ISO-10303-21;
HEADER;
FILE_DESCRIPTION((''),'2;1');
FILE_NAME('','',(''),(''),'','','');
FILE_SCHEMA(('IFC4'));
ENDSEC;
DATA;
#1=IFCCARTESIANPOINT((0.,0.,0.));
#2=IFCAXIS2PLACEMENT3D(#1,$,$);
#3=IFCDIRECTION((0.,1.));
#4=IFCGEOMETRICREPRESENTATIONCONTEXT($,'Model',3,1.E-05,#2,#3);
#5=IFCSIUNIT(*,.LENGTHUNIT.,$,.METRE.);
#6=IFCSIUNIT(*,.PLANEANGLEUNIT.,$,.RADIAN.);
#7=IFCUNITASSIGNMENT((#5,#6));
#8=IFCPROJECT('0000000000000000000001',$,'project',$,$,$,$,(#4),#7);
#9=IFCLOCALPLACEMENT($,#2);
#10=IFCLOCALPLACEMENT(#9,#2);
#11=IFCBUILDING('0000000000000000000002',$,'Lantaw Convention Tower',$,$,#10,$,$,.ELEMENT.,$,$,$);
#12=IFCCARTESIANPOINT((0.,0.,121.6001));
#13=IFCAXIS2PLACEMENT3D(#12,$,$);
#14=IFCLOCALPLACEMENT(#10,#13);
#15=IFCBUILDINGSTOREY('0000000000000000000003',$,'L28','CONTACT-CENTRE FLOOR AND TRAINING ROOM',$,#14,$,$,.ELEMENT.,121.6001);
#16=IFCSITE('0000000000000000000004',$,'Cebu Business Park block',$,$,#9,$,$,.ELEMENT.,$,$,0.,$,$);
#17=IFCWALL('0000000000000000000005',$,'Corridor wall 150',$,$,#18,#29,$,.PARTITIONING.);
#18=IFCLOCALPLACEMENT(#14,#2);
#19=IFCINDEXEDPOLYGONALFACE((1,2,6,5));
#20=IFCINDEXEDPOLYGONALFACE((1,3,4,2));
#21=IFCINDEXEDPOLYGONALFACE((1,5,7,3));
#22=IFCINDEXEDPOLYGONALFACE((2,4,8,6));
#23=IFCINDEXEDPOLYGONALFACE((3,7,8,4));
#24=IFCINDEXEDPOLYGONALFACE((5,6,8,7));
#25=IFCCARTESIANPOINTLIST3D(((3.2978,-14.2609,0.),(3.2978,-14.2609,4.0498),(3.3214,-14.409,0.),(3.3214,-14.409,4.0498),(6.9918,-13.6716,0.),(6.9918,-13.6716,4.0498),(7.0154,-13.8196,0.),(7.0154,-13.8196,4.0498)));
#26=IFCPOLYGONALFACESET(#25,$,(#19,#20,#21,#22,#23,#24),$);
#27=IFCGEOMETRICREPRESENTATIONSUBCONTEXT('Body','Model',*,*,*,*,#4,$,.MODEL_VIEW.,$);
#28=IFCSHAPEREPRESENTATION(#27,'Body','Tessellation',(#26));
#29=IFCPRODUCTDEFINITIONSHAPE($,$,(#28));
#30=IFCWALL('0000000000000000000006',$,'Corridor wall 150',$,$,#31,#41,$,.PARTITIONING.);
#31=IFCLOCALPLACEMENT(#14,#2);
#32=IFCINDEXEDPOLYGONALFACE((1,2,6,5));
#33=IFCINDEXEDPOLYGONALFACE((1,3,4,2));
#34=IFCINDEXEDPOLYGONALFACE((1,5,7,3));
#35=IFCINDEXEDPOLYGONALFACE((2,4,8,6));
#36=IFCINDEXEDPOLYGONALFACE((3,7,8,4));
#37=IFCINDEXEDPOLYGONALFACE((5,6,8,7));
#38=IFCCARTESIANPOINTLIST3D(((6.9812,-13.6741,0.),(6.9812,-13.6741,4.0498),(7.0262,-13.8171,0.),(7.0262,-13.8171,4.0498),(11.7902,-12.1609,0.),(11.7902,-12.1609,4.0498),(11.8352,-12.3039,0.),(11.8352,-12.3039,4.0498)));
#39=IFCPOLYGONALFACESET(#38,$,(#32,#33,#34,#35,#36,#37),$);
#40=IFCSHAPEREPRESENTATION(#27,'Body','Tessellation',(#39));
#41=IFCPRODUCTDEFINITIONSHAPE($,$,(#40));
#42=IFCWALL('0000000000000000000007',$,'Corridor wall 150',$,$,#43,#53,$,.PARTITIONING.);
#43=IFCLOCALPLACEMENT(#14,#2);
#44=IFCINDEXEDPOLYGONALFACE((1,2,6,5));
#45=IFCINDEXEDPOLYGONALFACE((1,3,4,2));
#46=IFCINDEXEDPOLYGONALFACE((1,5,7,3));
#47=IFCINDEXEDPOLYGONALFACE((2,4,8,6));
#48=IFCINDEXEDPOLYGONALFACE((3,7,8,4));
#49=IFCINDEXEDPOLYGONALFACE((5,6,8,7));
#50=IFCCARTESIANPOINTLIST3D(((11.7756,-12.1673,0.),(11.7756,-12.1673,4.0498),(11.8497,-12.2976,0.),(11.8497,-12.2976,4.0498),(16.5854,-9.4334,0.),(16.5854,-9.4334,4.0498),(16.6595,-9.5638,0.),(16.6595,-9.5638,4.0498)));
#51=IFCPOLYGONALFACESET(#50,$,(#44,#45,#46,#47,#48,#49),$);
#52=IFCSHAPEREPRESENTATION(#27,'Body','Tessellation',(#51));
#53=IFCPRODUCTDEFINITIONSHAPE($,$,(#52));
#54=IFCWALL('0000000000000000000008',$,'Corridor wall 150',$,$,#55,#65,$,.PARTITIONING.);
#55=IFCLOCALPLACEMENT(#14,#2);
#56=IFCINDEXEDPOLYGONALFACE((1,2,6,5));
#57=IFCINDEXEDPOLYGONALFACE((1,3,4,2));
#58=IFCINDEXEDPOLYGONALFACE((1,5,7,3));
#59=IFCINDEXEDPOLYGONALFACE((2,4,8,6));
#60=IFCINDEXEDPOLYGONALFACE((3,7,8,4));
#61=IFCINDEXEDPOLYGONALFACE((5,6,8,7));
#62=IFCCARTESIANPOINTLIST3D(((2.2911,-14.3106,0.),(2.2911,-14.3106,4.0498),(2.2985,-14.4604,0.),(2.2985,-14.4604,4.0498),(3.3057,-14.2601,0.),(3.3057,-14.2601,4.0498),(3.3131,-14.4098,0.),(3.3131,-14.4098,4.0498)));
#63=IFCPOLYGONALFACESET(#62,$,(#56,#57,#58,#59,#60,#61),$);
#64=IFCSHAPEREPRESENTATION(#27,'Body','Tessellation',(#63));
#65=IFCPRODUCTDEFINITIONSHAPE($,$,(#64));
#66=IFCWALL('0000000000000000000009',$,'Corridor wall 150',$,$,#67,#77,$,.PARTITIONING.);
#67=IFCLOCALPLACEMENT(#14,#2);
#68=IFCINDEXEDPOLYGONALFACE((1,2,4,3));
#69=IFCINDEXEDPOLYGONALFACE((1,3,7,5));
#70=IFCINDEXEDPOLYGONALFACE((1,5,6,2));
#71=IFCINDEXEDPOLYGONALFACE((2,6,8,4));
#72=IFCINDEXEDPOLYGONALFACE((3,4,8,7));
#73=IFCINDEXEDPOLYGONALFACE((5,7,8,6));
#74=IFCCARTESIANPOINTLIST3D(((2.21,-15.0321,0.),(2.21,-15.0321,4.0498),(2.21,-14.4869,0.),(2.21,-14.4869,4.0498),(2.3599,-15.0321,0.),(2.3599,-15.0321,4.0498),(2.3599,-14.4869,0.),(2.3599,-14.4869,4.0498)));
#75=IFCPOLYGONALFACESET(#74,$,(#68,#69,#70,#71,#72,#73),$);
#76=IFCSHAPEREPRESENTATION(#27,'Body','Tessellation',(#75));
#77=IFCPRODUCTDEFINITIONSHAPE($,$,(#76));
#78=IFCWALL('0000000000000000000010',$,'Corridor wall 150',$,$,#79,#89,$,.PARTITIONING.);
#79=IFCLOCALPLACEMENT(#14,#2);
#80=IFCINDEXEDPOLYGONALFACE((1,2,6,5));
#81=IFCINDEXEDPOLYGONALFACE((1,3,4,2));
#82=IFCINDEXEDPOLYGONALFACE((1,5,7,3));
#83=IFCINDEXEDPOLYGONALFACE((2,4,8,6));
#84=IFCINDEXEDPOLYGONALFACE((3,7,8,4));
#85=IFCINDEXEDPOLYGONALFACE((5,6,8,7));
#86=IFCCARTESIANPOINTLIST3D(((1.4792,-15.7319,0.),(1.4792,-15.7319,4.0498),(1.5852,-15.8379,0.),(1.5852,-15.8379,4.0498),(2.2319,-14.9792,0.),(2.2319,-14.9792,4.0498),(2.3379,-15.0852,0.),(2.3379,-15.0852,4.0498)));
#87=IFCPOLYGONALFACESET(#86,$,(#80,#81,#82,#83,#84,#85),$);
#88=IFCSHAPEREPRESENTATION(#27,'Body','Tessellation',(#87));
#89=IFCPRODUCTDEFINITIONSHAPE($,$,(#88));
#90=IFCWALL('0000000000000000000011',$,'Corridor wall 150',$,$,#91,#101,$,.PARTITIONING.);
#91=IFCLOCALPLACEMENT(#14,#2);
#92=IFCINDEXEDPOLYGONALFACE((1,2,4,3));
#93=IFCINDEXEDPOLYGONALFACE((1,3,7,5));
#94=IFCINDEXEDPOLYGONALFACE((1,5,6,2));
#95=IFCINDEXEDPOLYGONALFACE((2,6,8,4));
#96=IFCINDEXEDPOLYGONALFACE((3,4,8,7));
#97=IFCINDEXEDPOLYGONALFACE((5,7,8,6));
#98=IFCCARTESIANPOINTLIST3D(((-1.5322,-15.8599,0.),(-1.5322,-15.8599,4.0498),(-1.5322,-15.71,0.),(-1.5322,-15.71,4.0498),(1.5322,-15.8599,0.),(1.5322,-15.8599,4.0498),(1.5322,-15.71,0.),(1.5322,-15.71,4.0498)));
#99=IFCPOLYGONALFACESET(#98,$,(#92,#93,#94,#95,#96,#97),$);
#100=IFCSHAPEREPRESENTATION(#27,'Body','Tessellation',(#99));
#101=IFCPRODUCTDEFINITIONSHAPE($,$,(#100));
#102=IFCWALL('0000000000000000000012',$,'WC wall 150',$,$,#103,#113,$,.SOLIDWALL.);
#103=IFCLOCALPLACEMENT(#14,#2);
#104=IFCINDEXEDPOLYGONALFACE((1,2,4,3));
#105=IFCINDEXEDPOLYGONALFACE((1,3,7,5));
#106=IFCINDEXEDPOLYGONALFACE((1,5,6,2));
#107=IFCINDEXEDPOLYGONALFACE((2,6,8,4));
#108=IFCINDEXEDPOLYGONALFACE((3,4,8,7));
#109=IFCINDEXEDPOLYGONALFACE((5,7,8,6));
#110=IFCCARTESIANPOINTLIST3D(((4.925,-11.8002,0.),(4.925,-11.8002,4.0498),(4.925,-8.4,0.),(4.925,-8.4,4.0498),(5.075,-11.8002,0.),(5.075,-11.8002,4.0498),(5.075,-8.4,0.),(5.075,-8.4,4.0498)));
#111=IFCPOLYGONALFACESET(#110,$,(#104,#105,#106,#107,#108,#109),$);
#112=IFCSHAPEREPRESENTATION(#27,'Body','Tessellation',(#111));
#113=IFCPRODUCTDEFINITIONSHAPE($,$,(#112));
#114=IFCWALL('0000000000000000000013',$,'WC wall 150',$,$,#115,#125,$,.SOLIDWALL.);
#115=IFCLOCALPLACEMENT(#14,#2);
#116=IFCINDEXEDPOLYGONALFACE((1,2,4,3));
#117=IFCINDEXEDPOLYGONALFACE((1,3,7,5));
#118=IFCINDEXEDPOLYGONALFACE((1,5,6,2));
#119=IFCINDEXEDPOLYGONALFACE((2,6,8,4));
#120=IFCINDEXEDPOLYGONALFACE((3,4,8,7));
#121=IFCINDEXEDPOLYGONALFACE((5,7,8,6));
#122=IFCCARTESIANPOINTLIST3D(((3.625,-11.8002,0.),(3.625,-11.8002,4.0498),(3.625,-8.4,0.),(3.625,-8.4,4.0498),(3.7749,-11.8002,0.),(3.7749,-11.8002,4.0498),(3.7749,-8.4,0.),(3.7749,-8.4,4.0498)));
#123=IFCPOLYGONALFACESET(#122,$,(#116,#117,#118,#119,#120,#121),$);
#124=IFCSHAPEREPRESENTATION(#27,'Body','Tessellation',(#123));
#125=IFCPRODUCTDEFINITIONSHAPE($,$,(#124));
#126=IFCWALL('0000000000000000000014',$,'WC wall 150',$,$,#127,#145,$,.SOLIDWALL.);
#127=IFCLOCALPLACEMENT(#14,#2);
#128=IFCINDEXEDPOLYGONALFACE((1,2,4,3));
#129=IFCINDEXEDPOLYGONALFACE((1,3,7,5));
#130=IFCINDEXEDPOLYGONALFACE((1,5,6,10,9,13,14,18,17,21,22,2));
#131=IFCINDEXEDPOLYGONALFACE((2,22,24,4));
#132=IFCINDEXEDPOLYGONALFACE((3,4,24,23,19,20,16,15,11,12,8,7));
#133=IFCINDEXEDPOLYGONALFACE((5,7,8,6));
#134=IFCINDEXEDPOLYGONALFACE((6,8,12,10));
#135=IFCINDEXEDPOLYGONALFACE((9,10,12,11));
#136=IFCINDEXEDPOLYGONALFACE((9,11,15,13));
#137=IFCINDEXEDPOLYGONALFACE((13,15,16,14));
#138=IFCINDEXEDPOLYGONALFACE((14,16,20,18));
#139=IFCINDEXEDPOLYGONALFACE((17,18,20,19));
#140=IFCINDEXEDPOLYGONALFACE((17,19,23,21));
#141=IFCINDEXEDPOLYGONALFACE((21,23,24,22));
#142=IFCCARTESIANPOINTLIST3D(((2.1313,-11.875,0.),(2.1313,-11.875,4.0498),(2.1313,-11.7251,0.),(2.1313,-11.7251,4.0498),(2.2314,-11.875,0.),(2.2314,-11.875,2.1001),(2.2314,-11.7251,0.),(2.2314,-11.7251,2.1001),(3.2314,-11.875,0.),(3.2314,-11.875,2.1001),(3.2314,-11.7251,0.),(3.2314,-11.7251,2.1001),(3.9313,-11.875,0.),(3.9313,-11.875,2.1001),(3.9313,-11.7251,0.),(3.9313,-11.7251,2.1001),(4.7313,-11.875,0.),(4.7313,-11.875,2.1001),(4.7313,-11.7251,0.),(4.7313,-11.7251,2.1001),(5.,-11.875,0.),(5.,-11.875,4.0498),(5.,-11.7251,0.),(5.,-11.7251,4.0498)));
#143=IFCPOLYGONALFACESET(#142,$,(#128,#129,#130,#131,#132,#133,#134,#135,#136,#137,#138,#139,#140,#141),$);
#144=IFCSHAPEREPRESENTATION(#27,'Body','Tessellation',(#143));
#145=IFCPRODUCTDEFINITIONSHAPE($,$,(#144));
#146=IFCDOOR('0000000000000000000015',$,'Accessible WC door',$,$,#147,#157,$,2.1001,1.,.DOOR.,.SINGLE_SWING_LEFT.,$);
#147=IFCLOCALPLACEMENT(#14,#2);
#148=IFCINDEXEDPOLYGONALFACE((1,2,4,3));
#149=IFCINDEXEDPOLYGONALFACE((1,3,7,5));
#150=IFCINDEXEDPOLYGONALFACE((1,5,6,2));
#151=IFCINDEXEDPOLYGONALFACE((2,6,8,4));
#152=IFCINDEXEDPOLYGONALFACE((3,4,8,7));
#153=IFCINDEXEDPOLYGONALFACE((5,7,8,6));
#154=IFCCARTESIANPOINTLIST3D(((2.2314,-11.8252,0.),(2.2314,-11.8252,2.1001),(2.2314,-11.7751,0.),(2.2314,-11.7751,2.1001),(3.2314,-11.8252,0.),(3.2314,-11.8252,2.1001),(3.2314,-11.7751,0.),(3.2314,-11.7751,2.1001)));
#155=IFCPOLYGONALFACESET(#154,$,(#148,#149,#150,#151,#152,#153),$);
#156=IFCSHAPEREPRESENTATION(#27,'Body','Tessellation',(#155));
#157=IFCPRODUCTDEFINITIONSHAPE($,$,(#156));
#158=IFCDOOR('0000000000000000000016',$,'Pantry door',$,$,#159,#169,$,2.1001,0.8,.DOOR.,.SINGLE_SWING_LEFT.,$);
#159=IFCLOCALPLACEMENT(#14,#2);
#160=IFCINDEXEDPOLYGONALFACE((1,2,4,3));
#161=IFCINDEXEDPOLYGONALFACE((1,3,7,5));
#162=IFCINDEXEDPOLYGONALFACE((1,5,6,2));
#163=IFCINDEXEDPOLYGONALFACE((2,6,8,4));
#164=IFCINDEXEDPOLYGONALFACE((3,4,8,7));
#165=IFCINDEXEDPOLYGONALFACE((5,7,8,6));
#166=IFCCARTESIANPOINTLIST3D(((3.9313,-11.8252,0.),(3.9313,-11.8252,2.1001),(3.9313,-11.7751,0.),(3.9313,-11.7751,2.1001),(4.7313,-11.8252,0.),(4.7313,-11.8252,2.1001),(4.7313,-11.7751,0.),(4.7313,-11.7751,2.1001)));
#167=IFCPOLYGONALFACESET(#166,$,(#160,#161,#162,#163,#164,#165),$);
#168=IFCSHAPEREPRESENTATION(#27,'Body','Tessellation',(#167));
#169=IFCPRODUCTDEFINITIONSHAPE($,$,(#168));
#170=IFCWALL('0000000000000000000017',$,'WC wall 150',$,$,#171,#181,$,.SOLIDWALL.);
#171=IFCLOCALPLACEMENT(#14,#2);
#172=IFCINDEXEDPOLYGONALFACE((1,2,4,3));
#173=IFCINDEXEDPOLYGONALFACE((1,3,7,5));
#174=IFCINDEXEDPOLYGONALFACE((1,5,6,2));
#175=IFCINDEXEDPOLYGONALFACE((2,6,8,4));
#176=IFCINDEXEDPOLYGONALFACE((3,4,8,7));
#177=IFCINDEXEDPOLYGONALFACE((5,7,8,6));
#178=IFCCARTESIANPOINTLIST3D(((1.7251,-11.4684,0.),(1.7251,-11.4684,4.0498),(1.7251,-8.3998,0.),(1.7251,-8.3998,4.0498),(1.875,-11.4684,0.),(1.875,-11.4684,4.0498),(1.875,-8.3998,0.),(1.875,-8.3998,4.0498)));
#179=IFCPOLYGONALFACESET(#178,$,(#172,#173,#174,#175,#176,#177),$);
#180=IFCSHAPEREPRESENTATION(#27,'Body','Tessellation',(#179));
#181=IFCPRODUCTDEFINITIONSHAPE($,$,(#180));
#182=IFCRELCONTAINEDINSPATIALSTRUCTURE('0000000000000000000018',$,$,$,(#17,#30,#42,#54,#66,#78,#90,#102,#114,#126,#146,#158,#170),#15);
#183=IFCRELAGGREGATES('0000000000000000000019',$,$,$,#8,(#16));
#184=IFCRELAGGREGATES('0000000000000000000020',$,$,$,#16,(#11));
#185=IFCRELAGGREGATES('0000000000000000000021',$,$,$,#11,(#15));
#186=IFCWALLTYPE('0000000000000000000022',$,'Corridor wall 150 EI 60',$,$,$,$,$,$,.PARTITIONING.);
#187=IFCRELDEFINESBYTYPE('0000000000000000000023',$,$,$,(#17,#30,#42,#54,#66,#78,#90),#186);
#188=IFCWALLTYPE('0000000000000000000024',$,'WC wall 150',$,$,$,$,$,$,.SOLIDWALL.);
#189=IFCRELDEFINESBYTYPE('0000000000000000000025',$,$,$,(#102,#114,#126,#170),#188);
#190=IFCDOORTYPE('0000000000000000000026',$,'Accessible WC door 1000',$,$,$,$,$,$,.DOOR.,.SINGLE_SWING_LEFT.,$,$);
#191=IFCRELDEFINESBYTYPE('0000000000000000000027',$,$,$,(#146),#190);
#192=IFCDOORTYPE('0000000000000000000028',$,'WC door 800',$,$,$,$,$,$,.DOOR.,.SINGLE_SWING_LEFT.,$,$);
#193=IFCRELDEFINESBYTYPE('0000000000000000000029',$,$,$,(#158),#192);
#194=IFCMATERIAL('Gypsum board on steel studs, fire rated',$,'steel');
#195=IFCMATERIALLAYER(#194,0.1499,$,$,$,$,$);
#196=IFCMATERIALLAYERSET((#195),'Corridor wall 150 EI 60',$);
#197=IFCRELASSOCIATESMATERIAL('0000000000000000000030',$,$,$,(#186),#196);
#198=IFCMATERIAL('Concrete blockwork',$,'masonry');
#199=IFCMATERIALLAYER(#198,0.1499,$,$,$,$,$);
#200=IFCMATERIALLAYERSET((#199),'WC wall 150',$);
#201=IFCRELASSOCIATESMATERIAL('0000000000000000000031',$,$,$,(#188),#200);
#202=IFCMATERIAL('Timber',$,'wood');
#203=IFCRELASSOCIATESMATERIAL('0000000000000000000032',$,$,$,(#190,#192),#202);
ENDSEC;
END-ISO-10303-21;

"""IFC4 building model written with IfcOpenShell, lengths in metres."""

from ifc_helpers import new_model, si_unit, direction, frame, frame_2d, origin, place, context, subcontext, project, spatial, rectangle, extrude, material, layer, layer_set, type_object, element, fill, save


model = new_model("IFC4")

# Units and contexts
model_context = context("Model", 3, precision=1e-05, world=origin(), true_north=direction((0.0, 1.0)))
body_context = subcontext(model_context, "Body", "Model", "MODEL_VIEW")
ifc_project = project(units=[si_unit("LENGTHUNIT", "METRE"), si_unit("PLANEANGLEUNIT", "RADIAN")], contexts=[model_context])

# Site, building, storey
site_placement = place(None, origin())
site = spatial("IfcSite", under=ifc_project, at=site_placement, Name="Cebu Business Park block", CompositionType="ELEMENT", RefElevation=0.0)
building_placement = place(site_placement, origin())
building = spatial("IfcBuilding", under=site, at=building_placement, Name="Lantaw Convention Tower", CompositionType="ELEMENT")
storey_placement = place(building_placement, frame((0.0, 0.0, 121.6001)))
storey = spatial("IfcBuildingStorey", under=building, at=storey_placement, Name="L28", Description="CONTACT-CENTRE FLOOR AND TRAINING ROOM", CompositionType="ELEMENT", Elevation=121.6001)

# Walls
ifc_material_1 = material(Name="Gypsum board on steel studs, fire rated", Category="steel")
ifc_layer_1 = layer(ifc_material_1, 0.1499)
ifc_layer_set_1 = layer_set([ifc_layer_1], Name="Corridor wall 150 EI 60")
wall_type_1 = type_object("IfcWallType", Name="Corridor wall 150 EI 60", PredefinedType="PARTITIONING", material=ifc_layer_set_1)
wall_1_placement = place(storey_placement, frame((3.3096, -14.335, 0.0), z_axis=(0.0, 0.0, 1.0), x_axis=(0.987511, 0.157548, 0.0)))
element("IfcWall", 1, at=wall_1_placement, inside=storey, type_object=wall_type_1, Name="Corridor wall 150", PredefinedType="PARTITIONING", context=body_context, shape_type="SweptSolid", body=[
    extrude(rectangle(XDim=3.7407, YDim=0.1499, at=frame_2d((1.8704, 0.0))), origin(), (0.0, 0.0, 1.0), 4.0498),
])
wall_2_placement = place(storey_placement, frame((7.0037, -13.7456, 0.0), z_axis=(0.0, 0.0, 1.0), x_axis=(0.953894, 0.300144, 0.0)))
element("IfcWall", 2, at=wall_2_placement, inside=storey, type_object=wall_type_1, Name="Corridor wall 150", PredefinedType="PARTITIONING", context=body_context, shape_type="SweptSolid", body=[
    extrude(rectangle(XDim=5.0415, YDim=0.1499, at=frame_2d((2.5208, 0.0))), origin(), (0.0, 0.0, 1.0), 4.0498),
])
wall_3_placement = place(storey_placement, frame((11.8127, -12.2324, 0.0), z_axis=(0.0, 0.0, 1.0), x_axis=(0.869376, 0.494151, 0.0)))
element("IfcWall", 3, at=wall_3_placement, inside=storey, type_object=wall_type_1, Name="Corridor wall 150", PredefinedType="PARTITIONING", context=body_context, shape_type="SweptSolid", body=[
    extrude(rectangle(XDim=5.5325, YDim=0.1499, at=frame_2d((2.7661, 0.0))), origin(), (0.0, 0.0, 1.0), 4.0498),
])
wall_4_placement = place(storey_placement, frame((2.2949, -14.3855, 0.0), z_axis=(0.0, 0.0, 1.0), x_axis=(0.998762, 0.049746, 0.0)))
element("IfcWall", 4, at=wall_4_placement, inside=storey, type_object=wall_type_1, Name="Corridor wall 150", PredefinedType="PARTITIONING", context=body_context, shape_type="SweptSolid", body=[
    extrude(rectangle(XDim=1.0159, YDim=0.1499, at=frame_2d((0.5078, 0.0))), origin(), (0.0, 0.0, 1.0), 4.0498),
])
wall_5_placement = place(storey_placement, frame((2.2849, -14.4871, 0.0), z_axis=(0.0, 0.0, 1.0), x_axis=(0.0, -1.0, 0.0)))
element("IfcWall", 5, at=wall_5_placement, inside=storey, type_object=wall_type_1, Name="Corridor wall 150", PredefinedType="PARTITIONING", context=body_context, shape_type="SweptSolid", body=[
    extrude(rectangle(XDim=0.5452, YDim=0.1499, at=frame_2d((0.2725, 0.0))), origin(), (0.0, 0.0, 1.0), 4.0498),
])
wall_6_placement = place(storey_placement, frame((2.2849, -15.0322, 0.0), z_axis=(0.0, 0.0, 1.0), x_axis=(-0.707107, -0.707107, 0.0)))
element("IfcWall", 6, at=wall_6_placement, inside=storey, type_object=wall_type_1, Name="Corridor wall 150", PredefinedType="PARTITIONING", context=body_context, shape_type="SweptSolid", body=[
    extrude(rectangle(XDim=1.0645, YDim=0.1499, at=frame_2d((0.5322, 0.0))), origin(), (0.0, 0.0, 1.0), 4.0498),
])
wall_7_placement = place(storey_placement, frame((1.5322, -15.7849, 0.0), z_axis=(0.0, 0.0, 1.0), x_axis=(-1.0, 0.0, 0.0)))
element("IfcWall", 7, at=wall_7_placement, inside=storey, type_object=wall_type_1, Name="Corridor wall 150", PredefinedType="PARTITIONING", context=body_context, shape_type="SweptSolid", body=[
    extrude(rectangle(XDim=3.0645, YDim=0.1499, at=frame_2d((1.5322, 0.0))), origin(), (0.0, 0.0, 1.0), 4.0498),
])
ifc_material_2 = material(Name="Concrete blockwork", Category="masonry")
ifc_layer_2 = layer(ifc_material_2, 0.1499)
ifc_layer_set_2 = layer_set([ifc_layer_2], Name="WC wall 150")
wall_type_2 = type_object("IfcWallType", Name="WC wall 150", PredefinedType="SOLIDWALL", material=ifc_layer_set_2)
for number, where, z_axis, x_axis, name in (
    (8, (5.0, -8.3999, 0.0), (0.0, 0.0, 1.0), (0.0, -1.0, 0.0), "WC wall 150"),
    (9, (3.7, -8.3999, 0.0), (0.0, 0.0, 1.0), (0.0, -1.0, 0.0), "WC wall 150"),
):
    element("IfcWall", number, at=place(storey_placement, frame(where, z_axis=z_axis, x_axis=x_axis)), inside=storey, type_object=wall_type_2, Name=name, PredefinedType="SOLIDWALL", context=body_context, shape_type="SweptSolid", body=[
        extrude(rectangle(XDim=3.4001, YDim=0.1499, at=frame_2d((1.7002, 0.0))), origin(), (0.0, 0.0, 1.0), 4.0498),
    ])

# Wall, openings, doors
wall_8_placement = place(storey_placement, frame((2.1313, -11.8, 0.0), z_axis=(0.0, 0.0, 1.0), x_axis=(1.0, 0.0, 0.0)))
wall_8 = element("IfcWall", 10, at=wall_8_placement, inside=storey, type_object=wall_type_2, Name="WC wall 150", PredefinedType="SOLIDWALL", context=body_context, shape_type="SweptSolid", body=[
    extrude(rectangle(XDim=2.8687, YDim=0.1499, at=frame_2d((1.4343, 0.0))), origin(), (0.0, 0.0, 1.0), 4.0498),
])
opening_1_placement = place(wall_8_placement, frame((0.1001, 0.0, 0.0)))
opening_1 = element("IfcOpeningElement", 11, at=opening_1_placement, cuts=wall_8, PredefinedType="OPENING", context=body_context, shape_type="SweptSolid", body=[
    extrude(rectangle(XDim=1.0, YDim=2.1001, at=frame_2d((0.5, 1.05))), frame((0.0, 0.085, 0.0), z_axis=(0.0, -1.0, 0.0), x_axis=(1.0, 0.0, 0.0)), (0.0, 0.0, 1.0), 0.1699),
])
opening_2_placement = place(wall_8_placement, frame((1.8, 0.0, 0.0)))
opening_2 = element("IfcOpeningElement", 12, at=opening_2_placement, cuts=wall_8, PredefinedType="OPENING", context=body_context, shape_type="SweptSolid", body=[
    extrude(rectangle(XDim=0.8, YDim=2.1001, at=frame_2d((0.3999, 1.05))), frame((0.0, 0.085, 0.0), z_axis=(0.0, -1.0, 0.0), x_axis=(1.0, 0.0, 0.0)), (0.0, 0.0, 1.0), 0.1699),
])
ifc_material_3 = material(Name="Timber", Category="wood")
door_type_1 = type_object("IfcDoorType", Name="Accessible WC door 1000", OperationType="SINGLE_SWING_LEFT", PredefinedType="DOOR", material=ifc_material_3)
door_1_placement = place(opening_1_placement, origin())
door_1 = element("IfcDoor", 13, at=door_1_placement, inside=storey, type_object=door_type_1, Name="Accessible WC door", OperationType="SINGLE_SWING_LEFT", OverallHeight=2.1001, OverallWidth=1.0, PredefinedType="DOOR", context=body_context, shape_type="SweptSolid", body=[
    extrude(rectangle(XDim=1.0, YDim=2.1001, at=frame_2d((0.5, 1.05))), frame((0.0, 0.0249, 0.0), z_axis=(0.0, -1.0, 0.0), x_axis=(1.0, 0.0, 0.0)), (0.0, 0.0, 1.0), 0.05),
])
fill(opening_1, door_1)
door_type_2 = type_object("IfcDoorType", Name="WC door 800", OperationType="SINGLE_SWING_LEFT", PredefinedType="DOOR", material=ifc_material_3)
door_2_placement = place(opening_2_placement, origin())
door_2 = element("IfcDoor", 14, at=door_2_placement, inside=storey, type_object=door_type_2, Name="Pantry door", OperationType="SINGLE_SWING_LEFT", OverallHeight=2.1001, OverallWidth=0.8, PredefinedType="DOOR", context=body_context, shape_type="SweptSolid", body=[
    extrude(rectangle(XDim=0.8, YDim=2.1001, at=frame_2d((0.3999, 1.05))), frame((0.0, 0.0249, 0.0), z_axis=(0.0, -1.0, 0.0), x_axis=(1.0, 0.0, 0.0)), (0.0, 0.0, 1.0), 0.05),
])
fill(opening_2, door_2)

# Wall
wall_9_placement = place(storey_placement, frame((1.8, -8.3999, 0.0), z_axis=(0.0, 0.0, 1.0), x_axis=(0.0, -1.0, 0.0)))
element("IfcWall", 15, at=wall_9_placement, inside=storey, type_object=wall_type_2, Name="WC wall 150", PredefinedType="SOLIDWALL", context=body_context, shape_type="SweptSolid", body=[
    extrude(rectangle(XDim=3.0686, YDim=0.1499, at=frame_2d((1.5342, 0.0))), origin(), (0.0, 0.0, 1.0), 4.0498),
])

save(model, "model.ifc")
